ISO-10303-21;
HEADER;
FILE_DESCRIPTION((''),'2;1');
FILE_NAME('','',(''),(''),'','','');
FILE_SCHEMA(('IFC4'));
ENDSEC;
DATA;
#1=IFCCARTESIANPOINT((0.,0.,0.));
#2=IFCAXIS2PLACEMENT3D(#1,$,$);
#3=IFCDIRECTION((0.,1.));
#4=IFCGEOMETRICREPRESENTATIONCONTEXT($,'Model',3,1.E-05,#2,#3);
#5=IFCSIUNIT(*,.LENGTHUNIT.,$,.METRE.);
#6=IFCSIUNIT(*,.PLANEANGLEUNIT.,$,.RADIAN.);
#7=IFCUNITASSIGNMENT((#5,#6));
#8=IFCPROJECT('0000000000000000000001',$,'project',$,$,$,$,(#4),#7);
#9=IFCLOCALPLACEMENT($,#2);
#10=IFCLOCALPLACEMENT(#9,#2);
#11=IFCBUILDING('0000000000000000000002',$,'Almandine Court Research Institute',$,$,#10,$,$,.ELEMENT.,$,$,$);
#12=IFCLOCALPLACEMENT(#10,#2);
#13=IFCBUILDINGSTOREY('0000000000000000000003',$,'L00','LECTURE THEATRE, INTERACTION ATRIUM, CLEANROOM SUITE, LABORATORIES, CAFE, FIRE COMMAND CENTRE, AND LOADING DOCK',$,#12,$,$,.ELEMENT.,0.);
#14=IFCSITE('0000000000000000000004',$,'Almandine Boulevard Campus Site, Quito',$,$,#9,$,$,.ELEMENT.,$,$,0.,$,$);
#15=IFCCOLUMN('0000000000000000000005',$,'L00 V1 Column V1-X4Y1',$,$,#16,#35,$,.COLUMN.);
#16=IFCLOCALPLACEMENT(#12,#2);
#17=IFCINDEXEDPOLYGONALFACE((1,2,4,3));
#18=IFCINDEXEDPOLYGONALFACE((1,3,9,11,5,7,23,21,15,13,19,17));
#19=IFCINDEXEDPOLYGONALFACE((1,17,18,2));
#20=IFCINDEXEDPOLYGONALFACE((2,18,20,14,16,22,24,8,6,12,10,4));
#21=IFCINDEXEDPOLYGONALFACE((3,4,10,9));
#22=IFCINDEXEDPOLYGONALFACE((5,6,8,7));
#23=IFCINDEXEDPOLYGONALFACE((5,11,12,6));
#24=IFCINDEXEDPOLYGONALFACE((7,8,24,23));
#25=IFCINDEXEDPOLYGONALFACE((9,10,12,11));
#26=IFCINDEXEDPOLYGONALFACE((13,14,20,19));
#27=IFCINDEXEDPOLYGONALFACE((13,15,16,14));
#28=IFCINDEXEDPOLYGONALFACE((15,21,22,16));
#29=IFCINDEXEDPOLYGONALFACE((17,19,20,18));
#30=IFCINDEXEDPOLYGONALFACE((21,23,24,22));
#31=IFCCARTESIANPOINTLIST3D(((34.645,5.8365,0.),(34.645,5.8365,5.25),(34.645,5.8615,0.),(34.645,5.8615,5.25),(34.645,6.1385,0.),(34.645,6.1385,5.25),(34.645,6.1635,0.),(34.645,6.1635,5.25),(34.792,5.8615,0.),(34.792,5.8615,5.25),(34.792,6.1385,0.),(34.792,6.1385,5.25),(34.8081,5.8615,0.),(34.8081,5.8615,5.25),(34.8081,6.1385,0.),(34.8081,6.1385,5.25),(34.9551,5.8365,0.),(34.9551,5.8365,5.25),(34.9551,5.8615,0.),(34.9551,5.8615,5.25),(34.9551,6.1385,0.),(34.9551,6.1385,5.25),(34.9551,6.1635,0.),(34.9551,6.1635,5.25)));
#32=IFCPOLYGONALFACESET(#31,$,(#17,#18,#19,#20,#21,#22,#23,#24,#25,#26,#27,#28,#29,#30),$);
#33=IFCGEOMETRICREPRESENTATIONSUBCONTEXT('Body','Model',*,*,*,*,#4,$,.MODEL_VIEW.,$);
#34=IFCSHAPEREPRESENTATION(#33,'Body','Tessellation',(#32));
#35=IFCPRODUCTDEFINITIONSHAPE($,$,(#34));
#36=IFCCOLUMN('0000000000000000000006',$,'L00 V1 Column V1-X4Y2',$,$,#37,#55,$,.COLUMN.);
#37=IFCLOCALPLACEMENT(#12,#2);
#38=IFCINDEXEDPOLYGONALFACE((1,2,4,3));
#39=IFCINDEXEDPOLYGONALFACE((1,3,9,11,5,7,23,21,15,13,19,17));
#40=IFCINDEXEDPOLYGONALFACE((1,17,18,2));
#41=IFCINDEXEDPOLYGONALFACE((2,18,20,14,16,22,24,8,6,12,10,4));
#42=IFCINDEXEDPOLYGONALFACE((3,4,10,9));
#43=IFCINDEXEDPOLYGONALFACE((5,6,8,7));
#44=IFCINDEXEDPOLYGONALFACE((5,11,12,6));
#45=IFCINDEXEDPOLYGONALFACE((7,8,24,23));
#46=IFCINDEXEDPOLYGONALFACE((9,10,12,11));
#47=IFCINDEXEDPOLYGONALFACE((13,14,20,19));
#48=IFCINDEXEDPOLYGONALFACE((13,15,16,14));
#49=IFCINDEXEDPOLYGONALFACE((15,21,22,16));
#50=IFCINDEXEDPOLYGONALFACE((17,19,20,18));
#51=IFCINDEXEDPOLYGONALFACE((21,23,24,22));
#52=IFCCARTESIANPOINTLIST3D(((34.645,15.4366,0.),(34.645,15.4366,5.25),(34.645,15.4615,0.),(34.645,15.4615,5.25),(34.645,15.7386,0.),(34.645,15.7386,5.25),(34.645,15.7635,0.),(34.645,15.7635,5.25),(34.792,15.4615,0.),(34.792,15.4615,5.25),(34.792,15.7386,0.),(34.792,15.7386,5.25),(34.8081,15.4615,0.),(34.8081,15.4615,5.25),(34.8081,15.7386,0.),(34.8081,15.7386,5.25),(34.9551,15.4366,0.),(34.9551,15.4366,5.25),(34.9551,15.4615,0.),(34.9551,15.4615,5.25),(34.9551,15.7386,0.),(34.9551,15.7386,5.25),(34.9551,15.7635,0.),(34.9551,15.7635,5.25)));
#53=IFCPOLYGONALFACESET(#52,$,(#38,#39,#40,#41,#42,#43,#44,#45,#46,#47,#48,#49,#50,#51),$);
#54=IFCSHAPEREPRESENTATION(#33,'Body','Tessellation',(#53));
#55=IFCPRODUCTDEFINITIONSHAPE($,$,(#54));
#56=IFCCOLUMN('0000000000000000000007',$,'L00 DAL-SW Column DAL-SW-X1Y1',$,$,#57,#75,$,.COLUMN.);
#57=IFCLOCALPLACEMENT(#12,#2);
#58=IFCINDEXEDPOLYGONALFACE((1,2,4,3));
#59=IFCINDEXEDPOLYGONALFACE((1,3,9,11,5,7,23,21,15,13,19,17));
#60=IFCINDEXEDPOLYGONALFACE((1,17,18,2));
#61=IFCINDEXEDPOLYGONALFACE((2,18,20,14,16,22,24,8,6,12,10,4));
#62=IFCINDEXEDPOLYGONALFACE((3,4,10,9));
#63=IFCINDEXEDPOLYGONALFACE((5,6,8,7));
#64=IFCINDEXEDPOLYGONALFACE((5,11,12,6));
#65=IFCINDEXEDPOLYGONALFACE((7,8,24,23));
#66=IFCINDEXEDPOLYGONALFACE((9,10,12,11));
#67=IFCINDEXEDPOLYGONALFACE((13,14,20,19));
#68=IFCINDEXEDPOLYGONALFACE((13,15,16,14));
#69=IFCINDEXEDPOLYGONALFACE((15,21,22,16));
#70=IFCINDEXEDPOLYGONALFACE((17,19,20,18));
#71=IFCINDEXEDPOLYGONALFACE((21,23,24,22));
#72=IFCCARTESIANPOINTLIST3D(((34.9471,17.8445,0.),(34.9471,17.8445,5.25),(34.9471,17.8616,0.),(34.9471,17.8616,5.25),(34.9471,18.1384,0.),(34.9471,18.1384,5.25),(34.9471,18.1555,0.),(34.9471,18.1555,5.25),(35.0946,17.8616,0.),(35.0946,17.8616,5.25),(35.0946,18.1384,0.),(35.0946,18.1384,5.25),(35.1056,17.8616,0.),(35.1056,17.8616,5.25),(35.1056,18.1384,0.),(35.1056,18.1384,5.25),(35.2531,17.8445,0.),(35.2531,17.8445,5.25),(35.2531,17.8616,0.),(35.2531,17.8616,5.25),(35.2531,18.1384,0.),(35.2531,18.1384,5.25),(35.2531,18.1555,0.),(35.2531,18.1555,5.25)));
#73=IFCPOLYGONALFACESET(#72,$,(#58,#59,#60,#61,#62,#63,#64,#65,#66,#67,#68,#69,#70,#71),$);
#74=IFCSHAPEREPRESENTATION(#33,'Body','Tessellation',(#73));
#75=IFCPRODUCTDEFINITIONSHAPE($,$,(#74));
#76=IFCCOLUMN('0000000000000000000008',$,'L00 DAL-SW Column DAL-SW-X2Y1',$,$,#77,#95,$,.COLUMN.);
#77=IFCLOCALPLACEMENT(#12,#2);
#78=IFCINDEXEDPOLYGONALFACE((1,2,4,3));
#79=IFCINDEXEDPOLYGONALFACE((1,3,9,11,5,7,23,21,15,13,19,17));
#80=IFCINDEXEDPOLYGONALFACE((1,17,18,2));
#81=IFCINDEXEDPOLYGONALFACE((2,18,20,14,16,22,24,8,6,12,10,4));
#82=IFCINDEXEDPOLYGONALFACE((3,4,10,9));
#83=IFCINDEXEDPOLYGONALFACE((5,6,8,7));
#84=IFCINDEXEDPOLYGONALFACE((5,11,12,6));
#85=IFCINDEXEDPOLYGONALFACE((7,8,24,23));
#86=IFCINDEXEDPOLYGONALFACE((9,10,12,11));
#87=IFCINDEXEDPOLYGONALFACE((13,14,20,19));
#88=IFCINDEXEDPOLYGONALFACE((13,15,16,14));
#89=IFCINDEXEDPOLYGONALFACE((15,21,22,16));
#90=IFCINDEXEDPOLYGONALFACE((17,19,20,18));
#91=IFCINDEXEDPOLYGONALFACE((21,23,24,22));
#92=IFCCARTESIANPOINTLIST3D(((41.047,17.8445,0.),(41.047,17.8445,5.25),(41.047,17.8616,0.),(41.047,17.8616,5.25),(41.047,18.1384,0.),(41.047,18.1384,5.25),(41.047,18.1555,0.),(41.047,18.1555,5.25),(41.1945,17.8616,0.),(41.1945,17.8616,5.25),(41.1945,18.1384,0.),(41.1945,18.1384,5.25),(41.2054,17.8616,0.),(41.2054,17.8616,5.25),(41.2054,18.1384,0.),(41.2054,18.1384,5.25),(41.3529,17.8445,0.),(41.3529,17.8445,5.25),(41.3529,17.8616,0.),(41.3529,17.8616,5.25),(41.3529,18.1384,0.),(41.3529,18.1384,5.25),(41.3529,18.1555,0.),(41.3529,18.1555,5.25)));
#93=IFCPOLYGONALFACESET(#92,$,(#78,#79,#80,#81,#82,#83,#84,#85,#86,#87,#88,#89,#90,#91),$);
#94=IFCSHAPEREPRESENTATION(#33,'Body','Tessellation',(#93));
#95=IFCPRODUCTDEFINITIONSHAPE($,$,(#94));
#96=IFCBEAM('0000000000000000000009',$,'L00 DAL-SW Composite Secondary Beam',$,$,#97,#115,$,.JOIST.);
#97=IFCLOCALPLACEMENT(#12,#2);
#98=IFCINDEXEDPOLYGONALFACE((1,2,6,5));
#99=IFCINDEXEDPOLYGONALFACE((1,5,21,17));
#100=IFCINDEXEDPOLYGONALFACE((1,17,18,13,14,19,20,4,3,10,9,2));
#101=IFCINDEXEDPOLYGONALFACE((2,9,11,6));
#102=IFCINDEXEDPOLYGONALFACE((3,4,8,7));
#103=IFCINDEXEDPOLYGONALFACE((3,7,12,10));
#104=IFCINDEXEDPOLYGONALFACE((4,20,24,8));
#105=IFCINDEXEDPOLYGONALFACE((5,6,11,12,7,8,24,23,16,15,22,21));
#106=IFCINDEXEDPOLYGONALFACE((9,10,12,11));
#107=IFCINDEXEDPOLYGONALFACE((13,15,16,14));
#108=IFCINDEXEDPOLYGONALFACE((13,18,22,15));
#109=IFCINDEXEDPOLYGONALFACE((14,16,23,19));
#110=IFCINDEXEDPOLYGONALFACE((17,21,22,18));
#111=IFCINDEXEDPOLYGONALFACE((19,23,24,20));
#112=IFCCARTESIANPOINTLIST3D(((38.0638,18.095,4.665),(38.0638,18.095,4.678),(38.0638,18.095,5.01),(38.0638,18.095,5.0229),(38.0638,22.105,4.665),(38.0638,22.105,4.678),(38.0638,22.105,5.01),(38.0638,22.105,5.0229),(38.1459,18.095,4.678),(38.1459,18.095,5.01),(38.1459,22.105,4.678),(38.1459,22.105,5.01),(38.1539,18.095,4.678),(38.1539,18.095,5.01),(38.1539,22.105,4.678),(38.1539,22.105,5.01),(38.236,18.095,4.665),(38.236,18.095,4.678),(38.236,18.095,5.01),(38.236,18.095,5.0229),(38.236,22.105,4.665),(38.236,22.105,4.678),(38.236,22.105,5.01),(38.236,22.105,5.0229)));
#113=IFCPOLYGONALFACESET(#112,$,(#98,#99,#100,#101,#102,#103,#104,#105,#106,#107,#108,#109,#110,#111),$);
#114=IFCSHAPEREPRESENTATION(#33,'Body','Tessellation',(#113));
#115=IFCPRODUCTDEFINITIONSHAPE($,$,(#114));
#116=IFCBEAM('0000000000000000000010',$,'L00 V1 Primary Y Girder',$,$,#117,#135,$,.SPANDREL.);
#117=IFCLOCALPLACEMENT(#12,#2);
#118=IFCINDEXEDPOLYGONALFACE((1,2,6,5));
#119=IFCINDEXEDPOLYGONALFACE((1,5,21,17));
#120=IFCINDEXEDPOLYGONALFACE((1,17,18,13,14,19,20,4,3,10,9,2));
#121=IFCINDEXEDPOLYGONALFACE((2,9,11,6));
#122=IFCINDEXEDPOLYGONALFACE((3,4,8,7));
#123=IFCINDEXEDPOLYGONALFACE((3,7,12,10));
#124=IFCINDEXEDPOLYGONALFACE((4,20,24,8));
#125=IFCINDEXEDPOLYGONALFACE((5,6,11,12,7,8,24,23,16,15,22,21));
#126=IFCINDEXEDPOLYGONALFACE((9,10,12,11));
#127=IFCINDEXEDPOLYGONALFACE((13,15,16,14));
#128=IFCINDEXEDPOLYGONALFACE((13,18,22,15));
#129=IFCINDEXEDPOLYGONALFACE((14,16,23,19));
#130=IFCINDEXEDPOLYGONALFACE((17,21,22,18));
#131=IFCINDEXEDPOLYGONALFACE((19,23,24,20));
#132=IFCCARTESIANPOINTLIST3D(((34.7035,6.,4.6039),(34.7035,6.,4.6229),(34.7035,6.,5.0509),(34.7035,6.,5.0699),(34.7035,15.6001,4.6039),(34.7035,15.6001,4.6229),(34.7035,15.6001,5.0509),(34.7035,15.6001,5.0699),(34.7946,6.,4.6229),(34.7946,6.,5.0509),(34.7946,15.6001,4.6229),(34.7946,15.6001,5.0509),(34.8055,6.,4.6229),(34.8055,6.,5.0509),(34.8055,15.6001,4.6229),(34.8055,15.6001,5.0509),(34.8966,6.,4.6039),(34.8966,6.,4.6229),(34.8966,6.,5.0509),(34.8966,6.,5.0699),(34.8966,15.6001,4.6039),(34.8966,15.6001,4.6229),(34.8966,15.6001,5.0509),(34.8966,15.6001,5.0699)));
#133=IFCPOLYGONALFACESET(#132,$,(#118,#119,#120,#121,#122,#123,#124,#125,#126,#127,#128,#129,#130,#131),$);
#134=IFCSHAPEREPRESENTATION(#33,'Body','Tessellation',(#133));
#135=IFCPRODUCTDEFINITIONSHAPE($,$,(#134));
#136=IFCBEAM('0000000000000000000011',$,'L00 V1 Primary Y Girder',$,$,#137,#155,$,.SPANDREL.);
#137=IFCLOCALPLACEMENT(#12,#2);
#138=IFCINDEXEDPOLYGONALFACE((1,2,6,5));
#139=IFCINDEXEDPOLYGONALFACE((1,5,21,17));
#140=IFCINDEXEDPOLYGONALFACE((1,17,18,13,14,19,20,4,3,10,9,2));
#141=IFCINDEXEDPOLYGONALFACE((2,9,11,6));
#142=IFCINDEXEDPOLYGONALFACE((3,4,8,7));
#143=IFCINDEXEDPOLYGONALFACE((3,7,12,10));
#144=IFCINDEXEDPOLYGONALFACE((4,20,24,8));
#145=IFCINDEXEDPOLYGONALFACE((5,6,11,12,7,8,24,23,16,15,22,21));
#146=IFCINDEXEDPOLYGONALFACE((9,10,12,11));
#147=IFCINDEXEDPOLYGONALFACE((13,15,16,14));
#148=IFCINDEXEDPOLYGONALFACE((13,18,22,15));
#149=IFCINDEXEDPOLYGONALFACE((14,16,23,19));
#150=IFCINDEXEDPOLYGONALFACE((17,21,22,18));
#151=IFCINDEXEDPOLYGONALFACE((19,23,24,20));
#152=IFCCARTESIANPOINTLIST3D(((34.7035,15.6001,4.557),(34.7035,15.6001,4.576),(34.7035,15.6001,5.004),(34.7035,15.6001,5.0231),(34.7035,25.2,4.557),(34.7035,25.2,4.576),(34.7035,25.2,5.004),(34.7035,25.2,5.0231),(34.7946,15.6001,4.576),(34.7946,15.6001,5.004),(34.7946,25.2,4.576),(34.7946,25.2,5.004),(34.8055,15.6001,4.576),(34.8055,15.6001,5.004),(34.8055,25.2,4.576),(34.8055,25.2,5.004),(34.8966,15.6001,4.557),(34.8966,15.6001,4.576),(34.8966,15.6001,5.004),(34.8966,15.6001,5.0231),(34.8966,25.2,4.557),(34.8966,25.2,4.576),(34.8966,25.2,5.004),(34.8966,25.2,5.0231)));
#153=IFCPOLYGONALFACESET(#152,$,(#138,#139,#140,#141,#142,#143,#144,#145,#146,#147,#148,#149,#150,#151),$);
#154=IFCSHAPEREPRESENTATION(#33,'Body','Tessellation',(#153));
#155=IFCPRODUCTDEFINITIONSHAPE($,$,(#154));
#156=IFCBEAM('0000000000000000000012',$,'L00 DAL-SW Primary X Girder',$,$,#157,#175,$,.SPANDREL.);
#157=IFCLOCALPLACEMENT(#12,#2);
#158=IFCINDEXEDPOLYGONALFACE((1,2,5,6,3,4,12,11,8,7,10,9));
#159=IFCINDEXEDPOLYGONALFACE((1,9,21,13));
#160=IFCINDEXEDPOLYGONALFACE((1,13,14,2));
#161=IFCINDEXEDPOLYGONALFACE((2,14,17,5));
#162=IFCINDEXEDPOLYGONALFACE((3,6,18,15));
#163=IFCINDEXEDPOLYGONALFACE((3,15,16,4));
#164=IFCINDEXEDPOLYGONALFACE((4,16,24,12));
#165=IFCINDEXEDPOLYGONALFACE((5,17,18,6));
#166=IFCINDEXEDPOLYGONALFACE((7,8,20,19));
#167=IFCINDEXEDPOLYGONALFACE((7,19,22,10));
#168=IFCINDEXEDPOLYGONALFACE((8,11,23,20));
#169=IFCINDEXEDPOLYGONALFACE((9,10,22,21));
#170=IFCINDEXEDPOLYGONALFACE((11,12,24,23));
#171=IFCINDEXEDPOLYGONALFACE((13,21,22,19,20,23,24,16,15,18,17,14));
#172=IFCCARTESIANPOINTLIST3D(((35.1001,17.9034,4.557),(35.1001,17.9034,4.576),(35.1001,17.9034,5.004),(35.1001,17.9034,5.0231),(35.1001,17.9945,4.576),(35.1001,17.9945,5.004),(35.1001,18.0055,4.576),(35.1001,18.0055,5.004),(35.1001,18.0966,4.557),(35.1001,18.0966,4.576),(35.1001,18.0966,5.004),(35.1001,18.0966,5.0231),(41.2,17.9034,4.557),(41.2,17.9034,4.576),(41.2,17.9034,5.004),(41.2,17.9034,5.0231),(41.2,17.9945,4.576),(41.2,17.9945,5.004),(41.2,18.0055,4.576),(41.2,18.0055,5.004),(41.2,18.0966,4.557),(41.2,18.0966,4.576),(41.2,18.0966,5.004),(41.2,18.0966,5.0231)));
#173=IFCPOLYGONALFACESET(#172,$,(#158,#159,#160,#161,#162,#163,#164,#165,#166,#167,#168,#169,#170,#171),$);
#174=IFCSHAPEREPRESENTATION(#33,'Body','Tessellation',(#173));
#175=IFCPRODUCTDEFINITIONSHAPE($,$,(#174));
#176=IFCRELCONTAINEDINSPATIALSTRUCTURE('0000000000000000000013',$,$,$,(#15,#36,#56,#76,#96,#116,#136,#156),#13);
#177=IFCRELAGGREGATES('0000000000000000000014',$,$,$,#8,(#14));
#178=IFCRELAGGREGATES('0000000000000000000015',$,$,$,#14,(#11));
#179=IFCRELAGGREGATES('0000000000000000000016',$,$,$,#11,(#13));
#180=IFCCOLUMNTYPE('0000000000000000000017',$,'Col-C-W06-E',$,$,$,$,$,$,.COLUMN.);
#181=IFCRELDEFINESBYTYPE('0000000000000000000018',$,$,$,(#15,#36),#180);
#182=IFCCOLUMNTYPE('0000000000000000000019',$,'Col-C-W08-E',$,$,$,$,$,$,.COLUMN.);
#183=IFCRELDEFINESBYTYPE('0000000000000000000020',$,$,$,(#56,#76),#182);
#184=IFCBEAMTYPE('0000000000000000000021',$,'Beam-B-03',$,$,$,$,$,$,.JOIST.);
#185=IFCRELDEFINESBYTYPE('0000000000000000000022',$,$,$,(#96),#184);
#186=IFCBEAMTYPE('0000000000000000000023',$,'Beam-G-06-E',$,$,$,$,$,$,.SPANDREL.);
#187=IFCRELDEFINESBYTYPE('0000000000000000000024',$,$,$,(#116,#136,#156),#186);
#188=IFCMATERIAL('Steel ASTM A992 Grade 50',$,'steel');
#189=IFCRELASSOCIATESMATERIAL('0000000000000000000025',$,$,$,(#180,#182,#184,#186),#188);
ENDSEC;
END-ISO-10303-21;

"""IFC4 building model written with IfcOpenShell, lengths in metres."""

from ifc_helpers import new_model, si_unit, direction, frame, origin, origin_2d, place, context, subcontext, project, spatial, i_section, extrude, material, material_profile, profile_set, type_object, element, save


model = new_model("IFC4")

# Units and contexts
model_context = context("Model", 3, precision=1e-05, world=origin(), true_north=direction((0.0, 1.0)))
body_context = subcontext(model_context, "Body", "Model", "MODEL_VIEW")
ifc_project = project(units=[si_unit("LENGTHUNIT", "METRE"), si_unit("PLANEANGLEUNIT", "RADIAN")], contexts=[model_context])

# Site, building, storey
site_placement = place(None, origin())
site = spatial("IfcSite", under=ifc_project, at=site_placement, Name="Almandine Boulevard Campus Site, Quito", CompositionType="ELEMENT", RefElevation=0.0)
building_placement = place(site_placement, origin())
building = spatial("IfcBuilding", under=site, at=building_placement, Name="Almandine Court Research Institute", CompositionType="ELEMENT")
storey_placement = place(building_placement, origin())
storey = spatial("IfcBuildingStorey", under=building, at=storey_placement, Name="L00", Description="LECTURE THEATRE, INTERACTION ATRIUM, CLEANROOM SUITE, LABORATORIES, CAFE, FIRE COMMAND CENTRE, AND LOADING DOCK", CompositionType="ELEMENT", Elevation=0.0)

# Columns
ifc_material_1 = material(Name="Steel ASTM A992 Grade 50", Category="steel")
ifc_material_profile_1 = material_profile(ifc_material_1, i_section(OverallWidth=0.3101, OverallDepth=0.3269, WebThickness=0.0161, FlangeThickness=0.0249, at=origin_2d()), Name="W310x158")
ifc_profile_set_1 = profile_set([ifc_material_profile_1], Name="Steel ASTM A992 Grade 50")
column_type_1 = type_object("IfcColumnType", Name="Col-C-W06-E", PredefinedType="COLUMN", material=ifc_profile_set_1)
for number, where, z_axis, x_axis, name in (
    (1, (34.8, 6.0, 0.0), (0.0, 0.0, 1.0), (1.0, 0.0, 0.0), "L00 V1 Column V1-X4Y1"),
    (2, (34.8, 15.6001, 0.0), (0.0, 0.0, 1.0), (1.0, 0.0, 0.0), "L00 V1 Column V1-X4Y2"),
):
    element("IfcColumn", number, at=place(storey_placement, frame(where, z_axis=z_axis, x_axis=x_axis)), inside=storey, type_object=column_type_1, Name=name, PredefinedType="COLUMN", context=body_context, shape_type="SweptSolid", body=[
        extrude(i_section(OverallWidth=0.3101, OverallDepth=0.3269, WebThickness=0.0161, FlangeThickness=0.0249, at=origin_2d()), origin(), (0.0, 0.0, 1.0), 5.25),
    ])
ifc_material_profile_2 = material_profile(ifc_material_1, i_section(OverallWidth=0.3059, OverallDepth=0.311, WebThickness=0.011, FlangeThickness=0.0171, at=origin_2d()), Name="W310x107")
ifc_profile_set_2 = profile_set([ifc_material_profile_2], Name="Steel ASTM A992 Grade 50")
column_type_2 = type_object("IfcColumnType", Name="Col-C-W08-E", PredefinedType="COLUMN", material=ifc_profile_set_2)
for number, where, z_axis, x_axis, name in (
    (3, (35.1001, 18.0, 0.0), (0.0, 0.0, 1.0), (1.0, 0.0, 0.0), "L00 DAL-SW Column DAL-SW-X1Y1"),
    (4, (41.2, 18.0, 0.0), (0.0, 0.0, 1.0), (1.0, 0.0, 0.0), "L00 DAL-SW Column DAL-SW-X2Y1"),
):
    element("IfcColumn", number, at=place(storey_placement, frame(where, z_axis=z_axis, x_axis=x_axis)), inside=storey, type_object=column_type_2, Name=name, PredefinedType="COLUMN", context=body_context, shape_type="SweptSolid", body=[
        extrude(i_section(OverallWidth=0.3059, OverallDepth=0.311, WebThickness=0.011, FlangeThickness=0.0171, at=origin_2d()), origin(), (0.0, 0.0, 1.0), 5.25),
    ])

# Beams
ifc_material_profile_3 = material_profile(ifc_material_1, i_section(OverallWidth=0.1721, OverallDepth=0.3579, WebThickness=0.0081, FlangeThickness=0.0129, at=origin_2d()), Name="W360x57")
ifc_profile_set_3 = profile_set([ifc_material_profile_3], Name="Steel ASTM A992 Grade 50")
beam_type_1 = type_object("IfcBeamType", Name="Beam-B-03", PredefinedType="JOIST", material=ifc_profile_set_3)
beam_1_placement = place(storey_placement, frame((38.1499, 18.095, 4.844), z_axis=(0.0, 1.0, 0.0), x_axis=(-1.0, 0.0, 0.0)))
element("IfcBeam", 5, at=beam_1_placement, inside=storey, type_object=beam_type_1, Name="L00 DAL-SW Composite Secondary Beam", PredefinedType="JOIST", context=body_context, shape_type="SweptSolid", body=[
    extrude(i_section(OverallWidth=0.1721, OverallDepth=0.3579, WebThickness=0.0081, FlangeThickness=0.0129, at=origin_2d()), origin(), (0.0, 0.0, 1.0), 4.01),
])
ifc_material_profile_4 = material_profile(ifc_material_1, i_section(OverallWidth=0.1931, OverallDepth=0.4661, WebThickness=0.011, FlangeThickness=0.019, at=origin_2d()), Name="W460x97")
ifc_profile_set_4 = profile_set([ifc_material_profile_4], Name="Steel ASTM A992 Grade 50")
beam_type_2 = type_object("IfcBeamType", Name="Beam-G-06-E", PredefinedType="SPANDREL", material=ifc_profile_set_4)
beam_2_placement = place(storey_placement, frame((34.8, 6.0, 4.8369), z_axis=(0.0, 1.0, 0.0), x_axis=(-1.0, 0.0, 0.0)))
element("IfcBeam", 6, at=beam_2_placement, inside=storey, type_object=beam_type_2, Name="L00 V1 Primary Y Girder", PredefinedType="SPANDREL", context=body_context, shape_type="SweptSolid", body=[
    extrude(i_section(OverallWidth=0.1931, OverallDepth=0.4661, WebThickness=0.011, FlangeThickness=0.019, at=origin_2d()), origin(), (0.0, 0.0, 1.0), 9.6001),
])
beam_3_placement = place(storey_placement, frame((34.8, 15.6001, 4.79), z_axis=(0.0, 1.0, 0.0), x_axis=(-1.0, 0.0, 0.0)))
element("IfcBeam", 7, at=beam_3_placement, inside=storey, type_object=beam_type_2, Name="L00 V1 Primary Y Girder", PredefinedType="SPANDREL", context=body_context, shape_type="SweptSolid", body=[
    extrude(i_section(OverallWidth=0.1931, OverallDepth=0.4661, WebThickness=0.011, FlangeThickness=0.019, at=origin_2d()), origin(), (0.0, 0.0, 1.0), 9.5999),
])
beam_4_placement = place(storey_placement, frame((35.1001, 18.0, 4.79), z_axis=(1.0, 0.0, 0.0), x_axis=(0.0, 1.0, 0.0)))
element("IfcBeam", 8, at=beam_4_placement, inside=storey, type_object=beam_type_2, Name="L00 DAL-SW Primary X Girder", PredefinedType="SPANDREL", context=body_context, shape_type="SweptSolid", body=[
    extrude(i_section(OverallWidth=0.1931, OverallDepth=0.4661, WebThickness=0.011, FlangeThickness=0.019, at=origin_2d()), origin(), (0.0, 0.0, 1.0), 6.0999),
])

save(model, "model.ifc")
